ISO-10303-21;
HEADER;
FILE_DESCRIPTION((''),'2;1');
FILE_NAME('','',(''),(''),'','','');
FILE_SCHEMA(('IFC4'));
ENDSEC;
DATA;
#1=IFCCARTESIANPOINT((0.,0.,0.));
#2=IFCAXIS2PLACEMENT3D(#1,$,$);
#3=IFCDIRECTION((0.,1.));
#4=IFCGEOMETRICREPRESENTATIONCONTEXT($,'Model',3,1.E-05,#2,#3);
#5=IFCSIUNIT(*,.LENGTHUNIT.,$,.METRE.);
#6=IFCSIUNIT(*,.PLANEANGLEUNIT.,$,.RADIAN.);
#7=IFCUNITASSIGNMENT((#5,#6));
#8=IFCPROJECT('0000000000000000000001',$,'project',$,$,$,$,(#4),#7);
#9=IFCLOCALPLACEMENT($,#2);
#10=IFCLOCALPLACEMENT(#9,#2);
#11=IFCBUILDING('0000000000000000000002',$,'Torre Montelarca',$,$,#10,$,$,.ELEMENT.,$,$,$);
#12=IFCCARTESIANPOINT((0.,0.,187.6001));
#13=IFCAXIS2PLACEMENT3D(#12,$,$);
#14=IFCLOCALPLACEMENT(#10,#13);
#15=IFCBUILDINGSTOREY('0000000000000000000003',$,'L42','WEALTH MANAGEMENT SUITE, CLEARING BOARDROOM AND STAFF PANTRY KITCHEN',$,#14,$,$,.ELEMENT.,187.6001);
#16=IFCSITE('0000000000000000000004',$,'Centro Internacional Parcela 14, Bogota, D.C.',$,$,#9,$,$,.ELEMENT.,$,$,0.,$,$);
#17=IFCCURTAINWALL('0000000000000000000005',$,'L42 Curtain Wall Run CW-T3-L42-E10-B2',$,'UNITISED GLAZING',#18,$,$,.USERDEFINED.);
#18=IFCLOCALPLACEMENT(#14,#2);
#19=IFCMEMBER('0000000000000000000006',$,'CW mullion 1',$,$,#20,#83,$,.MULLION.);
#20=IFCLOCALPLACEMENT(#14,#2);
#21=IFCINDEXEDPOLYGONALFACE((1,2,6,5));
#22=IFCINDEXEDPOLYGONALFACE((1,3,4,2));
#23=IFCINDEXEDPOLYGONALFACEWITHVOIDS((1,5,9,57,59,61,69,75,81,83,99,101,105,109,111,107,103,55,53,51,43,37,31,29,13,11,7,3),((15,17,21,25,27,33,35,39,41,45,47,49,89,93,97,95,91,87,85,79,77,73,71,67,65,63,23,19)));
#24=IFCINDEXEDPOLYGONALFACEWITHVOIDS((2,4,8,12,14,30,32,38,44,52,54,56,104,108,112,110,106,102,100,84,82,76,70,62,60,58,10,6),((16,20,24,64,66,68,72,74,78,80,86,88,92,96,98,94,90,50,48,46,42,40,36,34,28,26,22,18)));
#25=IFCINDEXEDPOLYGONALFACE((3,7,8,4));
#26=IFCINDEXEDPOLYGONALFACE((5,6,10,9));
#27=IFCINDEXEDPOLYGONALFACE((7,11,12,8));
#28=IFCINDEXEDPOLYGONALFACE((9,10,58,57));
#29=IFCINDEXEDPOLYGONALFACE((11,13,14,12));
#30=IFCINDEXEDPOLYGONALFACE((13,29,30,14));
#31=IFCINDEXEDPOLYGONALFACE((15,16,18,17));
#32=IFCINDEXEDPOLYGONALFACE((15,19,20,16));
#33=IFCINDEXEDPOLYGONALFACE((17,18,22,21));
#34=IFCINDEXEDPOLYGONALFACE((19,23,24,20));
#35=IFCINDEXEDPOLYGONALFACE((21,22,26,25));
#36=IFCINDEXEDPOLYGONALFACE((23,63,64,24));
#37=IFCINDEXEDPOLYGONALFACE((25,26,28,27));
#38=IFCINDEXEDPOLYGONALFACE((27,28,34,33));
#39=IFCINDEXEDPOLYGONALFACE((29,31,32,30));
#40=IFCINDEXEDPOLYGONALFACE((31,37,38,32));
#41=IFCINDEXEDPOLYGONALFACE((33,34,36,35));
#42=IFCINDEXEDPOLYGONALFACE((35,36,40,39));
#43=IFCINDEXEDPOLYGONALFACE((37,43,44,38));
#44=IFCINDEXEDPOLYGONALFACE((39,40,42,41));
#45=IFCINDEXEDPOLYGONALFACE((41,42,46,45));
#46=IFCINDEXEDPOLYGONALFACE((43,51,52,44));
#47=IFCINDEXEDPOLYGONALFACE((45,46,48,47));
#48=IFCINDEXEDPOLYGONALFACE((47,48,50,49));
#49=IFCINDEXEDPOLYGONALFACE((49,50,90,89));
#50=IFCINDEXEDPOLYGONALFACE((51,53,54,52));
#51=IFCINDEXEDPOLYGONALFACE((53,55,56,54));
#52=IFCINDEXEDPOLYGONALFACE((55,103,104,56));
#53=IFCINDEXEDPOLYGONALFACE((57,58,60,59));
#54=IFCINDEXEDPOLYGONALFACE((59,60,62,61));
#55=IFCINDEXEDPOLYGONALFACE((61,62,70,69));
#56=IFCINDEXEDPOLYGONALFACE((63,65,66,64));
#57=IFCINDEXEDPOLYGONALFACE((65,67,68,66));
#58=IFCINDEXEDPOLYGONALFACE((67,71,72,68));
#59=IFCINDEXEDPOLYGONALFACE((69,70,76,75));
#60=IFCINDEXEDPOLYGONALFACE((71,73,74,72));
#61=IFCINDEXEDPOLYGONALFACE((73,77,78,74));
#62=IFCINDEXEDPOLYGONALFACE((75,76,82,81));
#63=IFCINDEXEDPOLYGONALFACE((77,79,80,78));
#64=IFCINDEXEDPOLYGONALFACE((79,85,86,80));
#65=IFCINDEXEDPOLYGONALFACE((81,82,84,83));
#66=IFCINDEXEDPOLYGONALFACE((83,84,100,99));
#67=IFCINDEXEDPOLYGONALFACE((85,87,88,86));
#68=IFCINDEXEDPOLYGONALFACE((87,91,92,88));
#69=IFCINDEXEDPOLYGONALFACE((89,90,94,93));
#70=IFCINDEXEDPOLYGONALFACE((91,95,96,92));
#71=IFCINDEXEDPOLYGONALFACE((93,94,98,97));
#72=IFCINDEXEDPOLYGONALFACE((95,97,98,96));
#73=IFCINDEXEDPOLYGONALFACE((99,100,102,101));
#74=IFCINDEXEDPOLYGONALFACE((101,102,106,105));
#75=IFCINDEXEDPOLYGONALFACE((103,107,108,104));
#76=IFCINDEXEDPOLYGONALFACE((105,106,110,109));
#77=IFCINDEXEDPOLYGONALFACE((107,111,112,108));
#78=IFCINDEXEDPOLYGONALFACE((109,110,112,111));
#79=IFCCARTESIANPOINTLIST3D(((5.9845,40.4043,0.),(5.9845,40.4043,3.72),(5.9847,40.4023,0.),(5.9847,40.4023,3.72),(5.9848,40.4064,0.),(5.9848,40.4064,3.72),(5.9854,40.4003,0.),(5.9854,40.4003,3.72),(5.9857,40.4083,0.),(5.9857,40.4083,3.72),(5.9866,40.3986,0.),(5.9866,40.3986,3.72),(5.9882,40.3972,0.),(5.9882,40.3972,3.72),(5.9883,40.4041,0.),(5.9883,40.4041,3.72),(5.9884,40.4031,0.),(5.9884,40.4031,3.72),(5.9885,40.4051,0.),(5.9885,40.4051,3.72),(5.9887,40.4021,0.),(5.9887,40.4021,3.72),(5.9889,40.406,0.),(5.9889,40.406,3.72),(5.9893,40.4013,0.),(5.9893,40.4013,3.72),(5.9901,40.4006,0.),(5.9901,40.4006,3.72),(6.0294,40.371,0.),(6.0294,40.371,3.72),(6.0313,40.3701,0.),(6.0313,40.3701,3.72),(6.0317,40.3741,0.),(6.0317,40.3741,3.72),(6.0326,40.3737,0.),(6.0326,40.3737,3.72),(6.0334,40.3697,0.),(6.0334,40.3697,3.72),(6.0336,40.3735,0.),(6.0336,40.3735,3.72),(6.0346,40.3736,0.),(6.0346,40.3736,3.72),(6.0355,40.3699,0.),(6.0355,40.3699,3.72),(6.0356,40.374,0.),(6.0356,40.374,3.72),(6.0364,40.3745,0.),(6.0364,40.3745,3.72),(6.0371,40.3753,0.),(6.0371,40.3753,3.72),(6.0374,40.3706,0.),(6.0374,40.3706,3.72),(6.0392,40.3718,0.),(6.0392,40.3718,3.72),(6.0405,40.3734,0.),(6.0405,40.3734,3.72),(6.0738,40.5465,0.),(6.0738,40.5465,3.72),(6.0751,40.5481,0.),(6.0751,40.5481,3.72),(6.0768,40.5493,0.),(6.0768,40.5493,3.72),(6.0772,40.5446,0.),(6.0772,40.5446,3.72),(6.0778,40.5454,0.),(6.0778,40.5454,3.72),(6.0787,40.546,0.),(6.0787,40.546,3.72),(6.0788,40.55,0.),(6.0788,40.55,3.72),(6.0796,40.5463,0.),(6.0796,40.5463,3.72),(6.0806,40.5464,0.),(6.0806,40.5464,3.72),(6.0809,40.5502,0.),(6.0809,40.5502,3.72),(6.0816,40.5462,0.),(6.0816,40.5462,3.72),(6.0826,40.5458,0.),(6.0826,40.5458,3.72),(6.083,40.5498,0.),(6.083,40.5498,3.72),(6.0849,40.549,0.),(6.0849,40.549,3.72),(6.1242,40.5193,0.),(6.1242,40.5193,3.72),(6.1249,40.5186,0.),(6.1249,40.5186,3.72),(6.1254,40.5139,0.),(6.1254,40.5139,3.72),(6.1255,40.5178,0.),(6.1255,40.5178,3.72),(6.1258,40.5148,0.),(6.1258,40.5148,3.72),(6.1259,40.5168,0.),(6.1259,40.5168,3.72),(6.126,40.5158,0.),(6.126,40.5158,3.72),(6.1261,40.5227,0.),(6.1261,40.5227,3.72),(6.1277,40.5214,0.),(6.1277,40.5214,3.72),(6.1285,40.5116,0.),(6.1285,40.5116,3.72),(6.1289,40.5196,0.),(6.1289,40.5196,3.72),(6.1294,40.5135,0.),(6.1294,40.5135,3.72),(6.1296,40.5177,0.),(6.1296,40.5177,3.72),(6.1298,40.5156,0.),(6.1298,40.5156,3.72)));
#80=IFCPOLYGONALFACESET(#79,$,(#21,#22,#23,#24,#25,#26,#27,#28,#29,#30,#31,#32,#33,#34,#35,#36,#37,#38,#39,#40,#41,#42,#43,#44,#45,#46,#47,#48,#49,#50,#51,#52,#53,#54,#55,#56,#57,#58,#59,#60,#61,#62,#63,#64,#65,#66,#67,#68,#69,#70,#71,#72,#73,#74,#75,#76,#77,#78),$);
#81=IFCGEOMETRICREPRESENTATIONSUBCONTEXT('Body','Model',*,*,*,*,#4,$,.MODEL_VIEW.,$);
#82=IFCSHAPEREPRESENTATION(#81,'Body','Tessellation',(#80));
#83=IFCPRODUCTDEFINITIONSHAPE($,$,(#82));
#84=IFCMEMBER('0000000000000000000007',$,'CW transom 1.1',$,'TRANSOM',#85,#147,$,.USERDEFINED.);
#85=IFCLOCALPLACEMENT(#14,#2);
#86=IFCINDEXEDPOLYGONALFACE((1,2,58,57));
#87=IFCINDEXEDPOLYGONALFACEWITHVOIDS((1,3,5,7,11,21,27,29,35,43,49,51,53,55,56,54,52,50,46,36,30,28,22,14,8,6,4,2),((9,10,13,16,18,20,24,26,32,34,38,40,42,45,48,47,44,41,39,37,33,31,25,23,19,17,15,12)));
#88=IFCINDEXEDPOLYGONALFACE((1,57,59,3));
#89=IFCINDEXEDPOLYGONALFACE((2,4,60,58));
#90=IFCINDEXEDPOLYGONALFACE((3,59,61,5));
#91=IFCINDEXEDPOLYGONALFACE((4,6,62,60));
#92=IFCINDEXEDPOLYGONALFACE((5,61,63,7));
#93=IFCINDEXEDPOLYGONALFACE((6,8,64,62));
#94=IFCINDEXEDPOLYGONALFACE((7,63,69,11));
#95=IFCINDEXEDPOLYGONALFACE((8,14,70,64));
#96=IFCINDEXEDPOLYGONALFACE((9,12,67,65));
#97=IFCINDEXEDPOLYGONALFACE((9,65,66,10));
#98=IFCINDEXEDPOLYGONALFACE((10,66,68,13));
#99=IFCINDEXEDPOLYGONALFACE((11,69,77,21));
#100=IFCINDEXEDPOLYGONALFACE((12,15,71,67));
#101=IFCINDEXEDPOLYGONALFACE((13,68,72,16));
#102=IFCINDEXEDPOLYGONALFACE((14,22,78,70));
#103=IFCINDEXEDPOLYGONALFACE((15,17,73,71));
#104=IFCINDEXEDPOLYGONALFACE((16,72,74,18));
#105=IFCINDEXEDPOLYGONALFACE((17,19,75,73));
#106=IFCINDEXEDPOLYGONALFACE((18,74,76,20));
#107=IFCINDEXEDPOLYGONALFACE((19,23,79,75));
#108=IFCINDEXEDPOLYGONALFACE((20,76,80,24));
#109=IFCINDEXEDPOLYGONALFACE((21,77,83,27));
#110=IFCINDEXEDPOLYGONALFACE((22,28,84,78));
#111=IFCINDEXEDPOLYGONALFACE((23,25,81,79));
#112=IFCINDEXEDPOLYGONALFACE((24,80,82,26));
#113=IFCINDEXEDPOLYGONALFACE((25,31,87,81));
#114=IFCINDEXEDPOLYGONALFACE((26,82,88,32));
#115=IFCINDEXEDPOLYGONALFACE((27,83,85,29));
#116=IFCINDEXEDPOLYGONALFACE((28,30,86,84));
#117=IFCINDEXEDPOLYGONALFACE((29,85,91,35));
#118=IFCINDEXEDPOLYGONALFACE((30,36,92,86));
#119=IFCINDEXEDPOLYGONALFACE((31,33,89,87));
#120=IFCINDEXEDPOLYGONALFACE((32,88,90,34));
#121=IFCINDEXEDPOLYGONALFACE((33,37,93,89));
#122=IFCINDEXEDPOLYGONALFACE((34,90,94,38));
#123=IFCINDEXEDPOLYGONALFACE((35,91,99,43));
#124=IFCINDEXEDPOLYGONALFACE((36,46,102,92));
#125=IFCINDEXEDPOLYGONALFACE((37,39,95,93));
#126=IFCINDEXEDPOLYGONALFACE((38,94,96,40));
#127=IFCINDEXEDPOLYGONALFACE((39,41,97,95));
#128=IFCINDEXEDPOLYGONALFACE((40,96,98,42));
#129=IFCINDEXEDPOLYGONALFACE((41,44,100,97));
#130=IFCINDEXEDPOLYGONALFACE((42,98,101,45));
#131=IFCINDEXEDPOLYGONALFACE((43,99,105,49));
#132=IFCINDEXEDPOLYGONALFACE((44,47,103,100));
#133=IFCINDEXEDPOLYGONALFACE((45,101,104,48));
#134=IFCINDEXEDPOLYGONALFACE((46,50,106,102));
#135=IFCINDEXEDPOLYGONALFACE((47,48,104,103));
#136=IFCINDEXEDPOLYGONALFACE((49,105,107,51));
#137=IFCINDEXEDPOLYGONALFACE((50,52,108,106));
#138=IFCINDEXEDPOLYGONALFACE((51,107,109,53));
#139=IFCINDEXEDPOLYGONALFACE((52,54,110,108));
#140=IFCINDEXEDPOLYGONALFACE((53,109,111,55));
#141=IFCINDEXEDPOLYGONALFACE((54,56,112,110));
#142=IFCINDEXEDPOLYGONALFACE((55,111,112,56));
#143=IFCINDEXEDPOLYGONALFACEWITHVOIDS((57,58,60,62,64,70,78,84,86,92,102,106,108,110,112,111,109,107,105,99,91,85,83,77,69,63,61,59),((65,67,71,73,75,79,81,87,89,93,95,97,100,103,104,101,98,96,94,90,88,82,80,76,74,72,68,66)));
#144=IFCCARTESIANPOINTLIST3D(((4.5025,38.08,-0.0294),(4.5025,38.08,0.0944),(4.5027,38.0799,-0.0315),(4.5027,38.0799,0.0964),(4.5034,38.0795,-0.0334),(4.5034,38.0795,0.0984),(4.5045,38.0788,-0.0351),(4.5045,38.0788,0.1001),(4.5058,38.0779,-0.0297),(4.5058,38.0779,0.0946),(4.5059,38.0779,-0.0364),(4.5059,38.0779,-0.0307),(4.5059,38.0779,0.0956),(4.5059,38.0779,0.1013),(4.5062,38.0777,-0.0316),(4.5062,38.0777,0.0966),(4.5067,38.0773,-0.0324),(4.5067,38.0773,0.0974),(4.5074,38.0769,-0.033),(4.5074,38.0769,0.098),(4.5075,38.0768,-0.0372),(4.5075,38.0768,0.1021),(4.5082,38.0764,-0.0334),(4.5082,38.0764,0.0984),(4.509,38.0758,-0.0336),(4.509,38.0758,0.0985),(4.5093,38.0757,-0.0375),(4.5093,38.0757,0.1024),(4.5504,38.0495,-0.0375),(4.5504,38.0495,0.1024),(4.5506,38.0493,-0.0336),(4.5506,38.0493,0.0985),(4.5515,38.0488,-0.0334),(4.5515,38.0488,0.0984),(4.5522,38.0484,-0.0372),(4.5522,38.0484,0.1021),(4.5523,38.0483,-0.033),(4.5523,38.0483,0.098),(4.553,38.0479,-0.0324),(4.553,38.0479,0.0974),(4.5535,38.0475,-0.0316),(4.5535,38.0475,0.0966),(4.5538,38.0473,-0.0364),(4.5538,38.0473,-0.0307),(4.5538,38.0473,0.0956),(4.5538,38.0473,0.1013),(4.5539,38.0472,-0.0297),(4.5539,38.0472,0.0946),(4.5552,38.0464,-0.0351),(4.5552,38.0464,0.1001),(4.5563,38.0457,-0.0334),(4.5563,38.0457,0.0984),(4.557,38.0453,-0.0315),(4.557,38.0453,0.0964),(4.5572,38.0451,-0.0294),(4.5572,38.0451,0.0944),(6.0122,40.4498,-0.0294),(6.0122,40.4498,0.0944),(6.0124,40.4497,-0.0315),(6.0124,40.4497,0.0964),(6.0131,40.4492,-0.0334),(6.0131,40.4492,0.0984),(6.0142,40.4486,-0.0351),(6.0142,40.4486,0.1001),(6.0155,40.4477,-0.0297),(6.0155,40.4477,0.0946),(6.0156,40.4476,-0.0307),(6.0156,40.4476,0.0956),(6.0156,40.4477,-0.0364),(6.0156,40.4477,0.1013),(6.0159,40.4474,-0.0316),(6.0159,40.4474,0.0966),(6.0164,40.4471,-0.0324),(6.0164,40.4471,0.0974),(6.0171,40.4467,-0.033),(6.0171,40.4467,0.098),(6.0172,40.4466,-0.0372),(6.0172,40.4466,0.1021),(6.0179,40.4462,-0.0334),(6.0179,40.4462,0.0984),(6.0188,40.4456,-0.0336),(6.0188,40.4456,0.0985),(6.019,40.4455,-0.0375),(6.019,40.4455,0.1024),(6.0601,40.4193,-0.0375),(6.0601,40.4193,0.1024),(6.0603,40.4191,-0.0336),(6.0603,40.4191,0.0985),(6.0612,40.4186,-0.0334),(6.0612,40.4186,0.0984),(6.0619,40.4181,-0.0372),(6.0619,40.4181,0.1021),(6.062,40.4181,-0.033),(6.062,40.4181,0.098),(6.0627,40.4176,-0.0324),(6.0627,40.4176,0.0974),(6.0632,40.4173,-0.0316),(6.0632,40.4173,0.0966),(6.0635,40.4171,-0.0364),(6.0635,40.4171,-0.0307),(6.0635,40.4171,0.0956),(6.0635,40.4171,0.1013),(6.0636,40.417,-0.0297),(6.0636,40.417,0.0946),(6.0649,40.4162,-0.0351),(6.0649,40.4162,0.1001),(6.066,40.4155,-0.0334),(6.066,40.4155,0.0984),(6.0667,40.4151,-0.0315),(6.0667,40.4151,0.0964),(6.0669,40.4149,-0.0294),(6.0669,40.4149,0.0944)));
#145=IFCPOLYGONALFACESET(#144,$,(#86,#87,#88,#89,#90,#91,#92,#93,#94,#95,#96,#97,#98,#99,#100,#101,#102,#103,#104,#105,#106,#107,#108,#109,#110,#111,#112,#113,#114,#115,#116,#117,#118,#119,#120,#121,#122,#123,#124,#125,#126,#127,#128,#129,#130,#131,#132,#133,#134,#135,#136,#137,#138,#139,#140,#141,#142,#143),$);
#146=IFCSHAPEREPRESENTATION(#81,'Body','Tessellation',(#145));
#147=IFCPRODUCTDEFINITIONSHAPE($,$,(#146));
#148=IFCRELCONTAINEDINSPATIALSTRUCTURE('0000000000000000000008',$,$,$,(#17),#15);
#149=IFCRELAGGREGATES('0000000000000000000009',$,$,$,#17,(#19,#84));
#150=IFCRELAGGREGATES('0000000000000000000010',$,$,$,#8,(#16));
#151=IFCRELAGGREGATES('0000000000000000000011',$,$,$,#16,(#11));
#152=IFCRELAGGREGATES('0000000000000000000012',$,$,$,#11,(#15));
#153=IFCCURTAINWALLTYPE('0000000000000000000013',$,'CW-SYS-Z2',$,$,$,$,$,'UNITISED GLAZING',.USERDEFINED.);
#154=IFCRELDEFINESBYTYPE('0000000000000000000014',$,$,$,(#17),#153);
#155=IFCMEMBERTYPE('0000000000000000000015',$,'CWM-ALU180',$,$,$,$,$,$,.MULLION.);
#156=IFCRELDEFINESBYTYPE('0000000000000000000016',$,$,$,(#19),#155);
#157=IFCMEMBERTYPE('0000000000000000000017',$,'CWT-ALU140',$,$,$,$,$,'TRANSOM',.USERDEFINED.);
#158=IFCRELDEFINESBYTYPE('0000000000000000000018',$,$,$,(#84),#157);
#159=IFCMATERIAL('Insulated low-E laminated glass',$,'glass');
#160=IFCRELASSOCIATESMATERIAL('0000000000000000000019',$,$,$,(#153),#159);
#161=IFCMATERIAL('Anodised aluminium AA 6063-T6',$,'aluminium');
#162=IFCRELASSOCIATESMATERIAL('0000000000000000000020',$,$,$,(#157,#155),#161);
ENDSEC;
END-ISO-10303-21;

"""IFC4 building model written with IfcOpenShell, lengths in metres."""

from ifc_helpers import new_model, si_unit, direction, frame, origin, origin_2d, place, context, subcontext, project, spatial, hollow_rectangle, extrude, source, transform, mapped, material, material_profile, profile_set, type_object, element, aggregate, save


model = new_model("IFC4")

# Units and contexts
model_context = context("Model", 3, precision=1e-05, world=origin(), true_north=direction((0.0, 1.0)))
body_context = subcontext(model_context, "Body", "Model", "MODEL_VIEW")
ifc_project = project(units=[si_unit("LENGTHUNIT", "METRE"), si_unit("PLANEANGLEUNIT", "RADIAN")], contexts=[model_context])

# Site, building, storey
site_placement = place(None, origin())
site = spatial("IfcSite", under=ifc_project, at=site_placement, Name="Centro Internacional Parcela 14, Bogota, D.C.", CompositionType="ELEMENT", RefElevation=0.0)
building_placement = place(site_placement, origin())
building = spatial("IfcBuilding", under=site, at=building_placement, Name="Torre Montelarca", CompositionType="ELEMENT")
storey_placement = place(building_placement, frame((0.0, 0.0, 187.6001)))
storey = spatial("IfcBuildingStorey", under=building, at=storey_placement, Name="L42", Description="WEALTH MANAGEMENT SUITE, CLEARING BOARDROOM AND STAFF PANTRY KITCHEN", CompositionType="ELEMENT", Elevation=187.6001)

# Shared definitions
ifc_material_1 = material(Name="Insulated low-E laminated glass", Category="glass")
curtain_wall_type = type_object("IfcCurtainWallType", Name="CW-SYS-Z2", ElementType="UNITISED GLAZING", PredefinedType="USERDEFINED", material=ifc_material_1)
ifc_material_2 = material(Name="Anodised aluminium AA 6063-T6", Category="aluminium")
ifc_material_profile_1 = material_profile(ifc_material_2, hollow_rectangle(XDim=0.0649, YDim=0.1399, WallThickness=0.0039, InnerFilletRadius=0.0039, OuterFilletRadius=0.0081, at=origin_2d()), Name="ALU65X140X4", Category="aluminium")
ifc_profile_set_1 = profile_set([ifc_material_profile_1], Name="Anodised aluminium AA 6063-T6")
member_type_1 = type_object("IfcMemberType", Name="CWT-ALU140", ElementType="TRANSOM", PredefinedType="USERDEFINED", material=ifc_profile_set_1)

# Shared definitions
ifc_material_profile_2 = material_profile(ifc_material_2, hollow_rectangle(XDim=0.0649, YDim=0.1799, WallThickness=0.0039, InnerFilletRadius=0.0039, OuterFilletRadius=0.0081, at=origin_2d()), Name="ALU65X180X4", Category="aluminium")
ifc_profile_set_2 = profile_set([ifc_material_profile_2], Name="Anodised aluminium AA 6063-T6")
member_type_2 = type_object("IfcMemberType", Name="CWM-ALU180", PredefinedType="MULLION", material=ifc_profile_set_2)
shared_shape_1 = source(origin(), body_context, "Body", "SweptSolid", [
    extrude(hollow_rectangle(XDim=0.0649, YDim=0.1799, WallThickness=0.0039, InnerFilletRadius=0.0039, OuterFilletRadius=0.0081, at=origin_2d()), origin(), (0.0, 0.0, 1.0), 3.72),
])

# Curtain wall, members
curtain_wall_1_placement = place(storey_placement, origin())
curtain_wall_1 = element("IfcCurtainWall", 1, at=curtain_wall_1_placement, inside=storey, type_object=curtain_wall_type, Name="L42 Curtain Wall Run CW-T3-L42-E10-B2", ObjectType="UNITISED GLAZING", PredefinedType="USERDEFINED")
member_1_placement = place(storey_placement, frame((6.0571, 40.46, 0.0), z_axis=(0.0, 0.0, 1.0), x_axis=(0.84339, -0.537302, 0.0)))
member_1 = element("IfcMember", 2, at=member_1_placement, type_object=member_type_2, Name="CW mullion 1", PredefinedType="MULLION", context=body_context, shape_type="MappedRepresentation", body=[
    mapped(shared_shape_1, transform((0.0, 0.0, 0.0), scale=1.0)),
])
shared_shape_2 = source(origin(), body_context, "Body", "SweptSolid", [
    extrude(hollow_rectangle(XDim=0.0649, YDim=0.1399, WallThickness=0.0039, InnerFilletRadius=0.0039, OuterFilletRadius=0.0081, at=origin_2d()), origin(), (0.0, 0.0, 1.0), 2.8098),
])
member_2_placement = place(storey_placement, frame((6.0396, 40.4324, 0.0325), z_axis=(-0.537297, -0.843393, 0.0), x_axis=(0.843393, -0.537297, 0.0)))
member_2 = element("IfcMember", 3, at=member_2_placement, type_object=member_type_1, Name="CW transom 1.1", ObjectType="TRANSOM", PredefinedType="USERDEFINED", context=body_context, shape_type="MappedRepresentation", body=[
    mapped(shared_shape_2, transform((0.0, 0.0, 0.0), scale=1.0)),
])
aggregate(curtain_wall_1, [member_1, member_2])

save(model, "model.ifc")
